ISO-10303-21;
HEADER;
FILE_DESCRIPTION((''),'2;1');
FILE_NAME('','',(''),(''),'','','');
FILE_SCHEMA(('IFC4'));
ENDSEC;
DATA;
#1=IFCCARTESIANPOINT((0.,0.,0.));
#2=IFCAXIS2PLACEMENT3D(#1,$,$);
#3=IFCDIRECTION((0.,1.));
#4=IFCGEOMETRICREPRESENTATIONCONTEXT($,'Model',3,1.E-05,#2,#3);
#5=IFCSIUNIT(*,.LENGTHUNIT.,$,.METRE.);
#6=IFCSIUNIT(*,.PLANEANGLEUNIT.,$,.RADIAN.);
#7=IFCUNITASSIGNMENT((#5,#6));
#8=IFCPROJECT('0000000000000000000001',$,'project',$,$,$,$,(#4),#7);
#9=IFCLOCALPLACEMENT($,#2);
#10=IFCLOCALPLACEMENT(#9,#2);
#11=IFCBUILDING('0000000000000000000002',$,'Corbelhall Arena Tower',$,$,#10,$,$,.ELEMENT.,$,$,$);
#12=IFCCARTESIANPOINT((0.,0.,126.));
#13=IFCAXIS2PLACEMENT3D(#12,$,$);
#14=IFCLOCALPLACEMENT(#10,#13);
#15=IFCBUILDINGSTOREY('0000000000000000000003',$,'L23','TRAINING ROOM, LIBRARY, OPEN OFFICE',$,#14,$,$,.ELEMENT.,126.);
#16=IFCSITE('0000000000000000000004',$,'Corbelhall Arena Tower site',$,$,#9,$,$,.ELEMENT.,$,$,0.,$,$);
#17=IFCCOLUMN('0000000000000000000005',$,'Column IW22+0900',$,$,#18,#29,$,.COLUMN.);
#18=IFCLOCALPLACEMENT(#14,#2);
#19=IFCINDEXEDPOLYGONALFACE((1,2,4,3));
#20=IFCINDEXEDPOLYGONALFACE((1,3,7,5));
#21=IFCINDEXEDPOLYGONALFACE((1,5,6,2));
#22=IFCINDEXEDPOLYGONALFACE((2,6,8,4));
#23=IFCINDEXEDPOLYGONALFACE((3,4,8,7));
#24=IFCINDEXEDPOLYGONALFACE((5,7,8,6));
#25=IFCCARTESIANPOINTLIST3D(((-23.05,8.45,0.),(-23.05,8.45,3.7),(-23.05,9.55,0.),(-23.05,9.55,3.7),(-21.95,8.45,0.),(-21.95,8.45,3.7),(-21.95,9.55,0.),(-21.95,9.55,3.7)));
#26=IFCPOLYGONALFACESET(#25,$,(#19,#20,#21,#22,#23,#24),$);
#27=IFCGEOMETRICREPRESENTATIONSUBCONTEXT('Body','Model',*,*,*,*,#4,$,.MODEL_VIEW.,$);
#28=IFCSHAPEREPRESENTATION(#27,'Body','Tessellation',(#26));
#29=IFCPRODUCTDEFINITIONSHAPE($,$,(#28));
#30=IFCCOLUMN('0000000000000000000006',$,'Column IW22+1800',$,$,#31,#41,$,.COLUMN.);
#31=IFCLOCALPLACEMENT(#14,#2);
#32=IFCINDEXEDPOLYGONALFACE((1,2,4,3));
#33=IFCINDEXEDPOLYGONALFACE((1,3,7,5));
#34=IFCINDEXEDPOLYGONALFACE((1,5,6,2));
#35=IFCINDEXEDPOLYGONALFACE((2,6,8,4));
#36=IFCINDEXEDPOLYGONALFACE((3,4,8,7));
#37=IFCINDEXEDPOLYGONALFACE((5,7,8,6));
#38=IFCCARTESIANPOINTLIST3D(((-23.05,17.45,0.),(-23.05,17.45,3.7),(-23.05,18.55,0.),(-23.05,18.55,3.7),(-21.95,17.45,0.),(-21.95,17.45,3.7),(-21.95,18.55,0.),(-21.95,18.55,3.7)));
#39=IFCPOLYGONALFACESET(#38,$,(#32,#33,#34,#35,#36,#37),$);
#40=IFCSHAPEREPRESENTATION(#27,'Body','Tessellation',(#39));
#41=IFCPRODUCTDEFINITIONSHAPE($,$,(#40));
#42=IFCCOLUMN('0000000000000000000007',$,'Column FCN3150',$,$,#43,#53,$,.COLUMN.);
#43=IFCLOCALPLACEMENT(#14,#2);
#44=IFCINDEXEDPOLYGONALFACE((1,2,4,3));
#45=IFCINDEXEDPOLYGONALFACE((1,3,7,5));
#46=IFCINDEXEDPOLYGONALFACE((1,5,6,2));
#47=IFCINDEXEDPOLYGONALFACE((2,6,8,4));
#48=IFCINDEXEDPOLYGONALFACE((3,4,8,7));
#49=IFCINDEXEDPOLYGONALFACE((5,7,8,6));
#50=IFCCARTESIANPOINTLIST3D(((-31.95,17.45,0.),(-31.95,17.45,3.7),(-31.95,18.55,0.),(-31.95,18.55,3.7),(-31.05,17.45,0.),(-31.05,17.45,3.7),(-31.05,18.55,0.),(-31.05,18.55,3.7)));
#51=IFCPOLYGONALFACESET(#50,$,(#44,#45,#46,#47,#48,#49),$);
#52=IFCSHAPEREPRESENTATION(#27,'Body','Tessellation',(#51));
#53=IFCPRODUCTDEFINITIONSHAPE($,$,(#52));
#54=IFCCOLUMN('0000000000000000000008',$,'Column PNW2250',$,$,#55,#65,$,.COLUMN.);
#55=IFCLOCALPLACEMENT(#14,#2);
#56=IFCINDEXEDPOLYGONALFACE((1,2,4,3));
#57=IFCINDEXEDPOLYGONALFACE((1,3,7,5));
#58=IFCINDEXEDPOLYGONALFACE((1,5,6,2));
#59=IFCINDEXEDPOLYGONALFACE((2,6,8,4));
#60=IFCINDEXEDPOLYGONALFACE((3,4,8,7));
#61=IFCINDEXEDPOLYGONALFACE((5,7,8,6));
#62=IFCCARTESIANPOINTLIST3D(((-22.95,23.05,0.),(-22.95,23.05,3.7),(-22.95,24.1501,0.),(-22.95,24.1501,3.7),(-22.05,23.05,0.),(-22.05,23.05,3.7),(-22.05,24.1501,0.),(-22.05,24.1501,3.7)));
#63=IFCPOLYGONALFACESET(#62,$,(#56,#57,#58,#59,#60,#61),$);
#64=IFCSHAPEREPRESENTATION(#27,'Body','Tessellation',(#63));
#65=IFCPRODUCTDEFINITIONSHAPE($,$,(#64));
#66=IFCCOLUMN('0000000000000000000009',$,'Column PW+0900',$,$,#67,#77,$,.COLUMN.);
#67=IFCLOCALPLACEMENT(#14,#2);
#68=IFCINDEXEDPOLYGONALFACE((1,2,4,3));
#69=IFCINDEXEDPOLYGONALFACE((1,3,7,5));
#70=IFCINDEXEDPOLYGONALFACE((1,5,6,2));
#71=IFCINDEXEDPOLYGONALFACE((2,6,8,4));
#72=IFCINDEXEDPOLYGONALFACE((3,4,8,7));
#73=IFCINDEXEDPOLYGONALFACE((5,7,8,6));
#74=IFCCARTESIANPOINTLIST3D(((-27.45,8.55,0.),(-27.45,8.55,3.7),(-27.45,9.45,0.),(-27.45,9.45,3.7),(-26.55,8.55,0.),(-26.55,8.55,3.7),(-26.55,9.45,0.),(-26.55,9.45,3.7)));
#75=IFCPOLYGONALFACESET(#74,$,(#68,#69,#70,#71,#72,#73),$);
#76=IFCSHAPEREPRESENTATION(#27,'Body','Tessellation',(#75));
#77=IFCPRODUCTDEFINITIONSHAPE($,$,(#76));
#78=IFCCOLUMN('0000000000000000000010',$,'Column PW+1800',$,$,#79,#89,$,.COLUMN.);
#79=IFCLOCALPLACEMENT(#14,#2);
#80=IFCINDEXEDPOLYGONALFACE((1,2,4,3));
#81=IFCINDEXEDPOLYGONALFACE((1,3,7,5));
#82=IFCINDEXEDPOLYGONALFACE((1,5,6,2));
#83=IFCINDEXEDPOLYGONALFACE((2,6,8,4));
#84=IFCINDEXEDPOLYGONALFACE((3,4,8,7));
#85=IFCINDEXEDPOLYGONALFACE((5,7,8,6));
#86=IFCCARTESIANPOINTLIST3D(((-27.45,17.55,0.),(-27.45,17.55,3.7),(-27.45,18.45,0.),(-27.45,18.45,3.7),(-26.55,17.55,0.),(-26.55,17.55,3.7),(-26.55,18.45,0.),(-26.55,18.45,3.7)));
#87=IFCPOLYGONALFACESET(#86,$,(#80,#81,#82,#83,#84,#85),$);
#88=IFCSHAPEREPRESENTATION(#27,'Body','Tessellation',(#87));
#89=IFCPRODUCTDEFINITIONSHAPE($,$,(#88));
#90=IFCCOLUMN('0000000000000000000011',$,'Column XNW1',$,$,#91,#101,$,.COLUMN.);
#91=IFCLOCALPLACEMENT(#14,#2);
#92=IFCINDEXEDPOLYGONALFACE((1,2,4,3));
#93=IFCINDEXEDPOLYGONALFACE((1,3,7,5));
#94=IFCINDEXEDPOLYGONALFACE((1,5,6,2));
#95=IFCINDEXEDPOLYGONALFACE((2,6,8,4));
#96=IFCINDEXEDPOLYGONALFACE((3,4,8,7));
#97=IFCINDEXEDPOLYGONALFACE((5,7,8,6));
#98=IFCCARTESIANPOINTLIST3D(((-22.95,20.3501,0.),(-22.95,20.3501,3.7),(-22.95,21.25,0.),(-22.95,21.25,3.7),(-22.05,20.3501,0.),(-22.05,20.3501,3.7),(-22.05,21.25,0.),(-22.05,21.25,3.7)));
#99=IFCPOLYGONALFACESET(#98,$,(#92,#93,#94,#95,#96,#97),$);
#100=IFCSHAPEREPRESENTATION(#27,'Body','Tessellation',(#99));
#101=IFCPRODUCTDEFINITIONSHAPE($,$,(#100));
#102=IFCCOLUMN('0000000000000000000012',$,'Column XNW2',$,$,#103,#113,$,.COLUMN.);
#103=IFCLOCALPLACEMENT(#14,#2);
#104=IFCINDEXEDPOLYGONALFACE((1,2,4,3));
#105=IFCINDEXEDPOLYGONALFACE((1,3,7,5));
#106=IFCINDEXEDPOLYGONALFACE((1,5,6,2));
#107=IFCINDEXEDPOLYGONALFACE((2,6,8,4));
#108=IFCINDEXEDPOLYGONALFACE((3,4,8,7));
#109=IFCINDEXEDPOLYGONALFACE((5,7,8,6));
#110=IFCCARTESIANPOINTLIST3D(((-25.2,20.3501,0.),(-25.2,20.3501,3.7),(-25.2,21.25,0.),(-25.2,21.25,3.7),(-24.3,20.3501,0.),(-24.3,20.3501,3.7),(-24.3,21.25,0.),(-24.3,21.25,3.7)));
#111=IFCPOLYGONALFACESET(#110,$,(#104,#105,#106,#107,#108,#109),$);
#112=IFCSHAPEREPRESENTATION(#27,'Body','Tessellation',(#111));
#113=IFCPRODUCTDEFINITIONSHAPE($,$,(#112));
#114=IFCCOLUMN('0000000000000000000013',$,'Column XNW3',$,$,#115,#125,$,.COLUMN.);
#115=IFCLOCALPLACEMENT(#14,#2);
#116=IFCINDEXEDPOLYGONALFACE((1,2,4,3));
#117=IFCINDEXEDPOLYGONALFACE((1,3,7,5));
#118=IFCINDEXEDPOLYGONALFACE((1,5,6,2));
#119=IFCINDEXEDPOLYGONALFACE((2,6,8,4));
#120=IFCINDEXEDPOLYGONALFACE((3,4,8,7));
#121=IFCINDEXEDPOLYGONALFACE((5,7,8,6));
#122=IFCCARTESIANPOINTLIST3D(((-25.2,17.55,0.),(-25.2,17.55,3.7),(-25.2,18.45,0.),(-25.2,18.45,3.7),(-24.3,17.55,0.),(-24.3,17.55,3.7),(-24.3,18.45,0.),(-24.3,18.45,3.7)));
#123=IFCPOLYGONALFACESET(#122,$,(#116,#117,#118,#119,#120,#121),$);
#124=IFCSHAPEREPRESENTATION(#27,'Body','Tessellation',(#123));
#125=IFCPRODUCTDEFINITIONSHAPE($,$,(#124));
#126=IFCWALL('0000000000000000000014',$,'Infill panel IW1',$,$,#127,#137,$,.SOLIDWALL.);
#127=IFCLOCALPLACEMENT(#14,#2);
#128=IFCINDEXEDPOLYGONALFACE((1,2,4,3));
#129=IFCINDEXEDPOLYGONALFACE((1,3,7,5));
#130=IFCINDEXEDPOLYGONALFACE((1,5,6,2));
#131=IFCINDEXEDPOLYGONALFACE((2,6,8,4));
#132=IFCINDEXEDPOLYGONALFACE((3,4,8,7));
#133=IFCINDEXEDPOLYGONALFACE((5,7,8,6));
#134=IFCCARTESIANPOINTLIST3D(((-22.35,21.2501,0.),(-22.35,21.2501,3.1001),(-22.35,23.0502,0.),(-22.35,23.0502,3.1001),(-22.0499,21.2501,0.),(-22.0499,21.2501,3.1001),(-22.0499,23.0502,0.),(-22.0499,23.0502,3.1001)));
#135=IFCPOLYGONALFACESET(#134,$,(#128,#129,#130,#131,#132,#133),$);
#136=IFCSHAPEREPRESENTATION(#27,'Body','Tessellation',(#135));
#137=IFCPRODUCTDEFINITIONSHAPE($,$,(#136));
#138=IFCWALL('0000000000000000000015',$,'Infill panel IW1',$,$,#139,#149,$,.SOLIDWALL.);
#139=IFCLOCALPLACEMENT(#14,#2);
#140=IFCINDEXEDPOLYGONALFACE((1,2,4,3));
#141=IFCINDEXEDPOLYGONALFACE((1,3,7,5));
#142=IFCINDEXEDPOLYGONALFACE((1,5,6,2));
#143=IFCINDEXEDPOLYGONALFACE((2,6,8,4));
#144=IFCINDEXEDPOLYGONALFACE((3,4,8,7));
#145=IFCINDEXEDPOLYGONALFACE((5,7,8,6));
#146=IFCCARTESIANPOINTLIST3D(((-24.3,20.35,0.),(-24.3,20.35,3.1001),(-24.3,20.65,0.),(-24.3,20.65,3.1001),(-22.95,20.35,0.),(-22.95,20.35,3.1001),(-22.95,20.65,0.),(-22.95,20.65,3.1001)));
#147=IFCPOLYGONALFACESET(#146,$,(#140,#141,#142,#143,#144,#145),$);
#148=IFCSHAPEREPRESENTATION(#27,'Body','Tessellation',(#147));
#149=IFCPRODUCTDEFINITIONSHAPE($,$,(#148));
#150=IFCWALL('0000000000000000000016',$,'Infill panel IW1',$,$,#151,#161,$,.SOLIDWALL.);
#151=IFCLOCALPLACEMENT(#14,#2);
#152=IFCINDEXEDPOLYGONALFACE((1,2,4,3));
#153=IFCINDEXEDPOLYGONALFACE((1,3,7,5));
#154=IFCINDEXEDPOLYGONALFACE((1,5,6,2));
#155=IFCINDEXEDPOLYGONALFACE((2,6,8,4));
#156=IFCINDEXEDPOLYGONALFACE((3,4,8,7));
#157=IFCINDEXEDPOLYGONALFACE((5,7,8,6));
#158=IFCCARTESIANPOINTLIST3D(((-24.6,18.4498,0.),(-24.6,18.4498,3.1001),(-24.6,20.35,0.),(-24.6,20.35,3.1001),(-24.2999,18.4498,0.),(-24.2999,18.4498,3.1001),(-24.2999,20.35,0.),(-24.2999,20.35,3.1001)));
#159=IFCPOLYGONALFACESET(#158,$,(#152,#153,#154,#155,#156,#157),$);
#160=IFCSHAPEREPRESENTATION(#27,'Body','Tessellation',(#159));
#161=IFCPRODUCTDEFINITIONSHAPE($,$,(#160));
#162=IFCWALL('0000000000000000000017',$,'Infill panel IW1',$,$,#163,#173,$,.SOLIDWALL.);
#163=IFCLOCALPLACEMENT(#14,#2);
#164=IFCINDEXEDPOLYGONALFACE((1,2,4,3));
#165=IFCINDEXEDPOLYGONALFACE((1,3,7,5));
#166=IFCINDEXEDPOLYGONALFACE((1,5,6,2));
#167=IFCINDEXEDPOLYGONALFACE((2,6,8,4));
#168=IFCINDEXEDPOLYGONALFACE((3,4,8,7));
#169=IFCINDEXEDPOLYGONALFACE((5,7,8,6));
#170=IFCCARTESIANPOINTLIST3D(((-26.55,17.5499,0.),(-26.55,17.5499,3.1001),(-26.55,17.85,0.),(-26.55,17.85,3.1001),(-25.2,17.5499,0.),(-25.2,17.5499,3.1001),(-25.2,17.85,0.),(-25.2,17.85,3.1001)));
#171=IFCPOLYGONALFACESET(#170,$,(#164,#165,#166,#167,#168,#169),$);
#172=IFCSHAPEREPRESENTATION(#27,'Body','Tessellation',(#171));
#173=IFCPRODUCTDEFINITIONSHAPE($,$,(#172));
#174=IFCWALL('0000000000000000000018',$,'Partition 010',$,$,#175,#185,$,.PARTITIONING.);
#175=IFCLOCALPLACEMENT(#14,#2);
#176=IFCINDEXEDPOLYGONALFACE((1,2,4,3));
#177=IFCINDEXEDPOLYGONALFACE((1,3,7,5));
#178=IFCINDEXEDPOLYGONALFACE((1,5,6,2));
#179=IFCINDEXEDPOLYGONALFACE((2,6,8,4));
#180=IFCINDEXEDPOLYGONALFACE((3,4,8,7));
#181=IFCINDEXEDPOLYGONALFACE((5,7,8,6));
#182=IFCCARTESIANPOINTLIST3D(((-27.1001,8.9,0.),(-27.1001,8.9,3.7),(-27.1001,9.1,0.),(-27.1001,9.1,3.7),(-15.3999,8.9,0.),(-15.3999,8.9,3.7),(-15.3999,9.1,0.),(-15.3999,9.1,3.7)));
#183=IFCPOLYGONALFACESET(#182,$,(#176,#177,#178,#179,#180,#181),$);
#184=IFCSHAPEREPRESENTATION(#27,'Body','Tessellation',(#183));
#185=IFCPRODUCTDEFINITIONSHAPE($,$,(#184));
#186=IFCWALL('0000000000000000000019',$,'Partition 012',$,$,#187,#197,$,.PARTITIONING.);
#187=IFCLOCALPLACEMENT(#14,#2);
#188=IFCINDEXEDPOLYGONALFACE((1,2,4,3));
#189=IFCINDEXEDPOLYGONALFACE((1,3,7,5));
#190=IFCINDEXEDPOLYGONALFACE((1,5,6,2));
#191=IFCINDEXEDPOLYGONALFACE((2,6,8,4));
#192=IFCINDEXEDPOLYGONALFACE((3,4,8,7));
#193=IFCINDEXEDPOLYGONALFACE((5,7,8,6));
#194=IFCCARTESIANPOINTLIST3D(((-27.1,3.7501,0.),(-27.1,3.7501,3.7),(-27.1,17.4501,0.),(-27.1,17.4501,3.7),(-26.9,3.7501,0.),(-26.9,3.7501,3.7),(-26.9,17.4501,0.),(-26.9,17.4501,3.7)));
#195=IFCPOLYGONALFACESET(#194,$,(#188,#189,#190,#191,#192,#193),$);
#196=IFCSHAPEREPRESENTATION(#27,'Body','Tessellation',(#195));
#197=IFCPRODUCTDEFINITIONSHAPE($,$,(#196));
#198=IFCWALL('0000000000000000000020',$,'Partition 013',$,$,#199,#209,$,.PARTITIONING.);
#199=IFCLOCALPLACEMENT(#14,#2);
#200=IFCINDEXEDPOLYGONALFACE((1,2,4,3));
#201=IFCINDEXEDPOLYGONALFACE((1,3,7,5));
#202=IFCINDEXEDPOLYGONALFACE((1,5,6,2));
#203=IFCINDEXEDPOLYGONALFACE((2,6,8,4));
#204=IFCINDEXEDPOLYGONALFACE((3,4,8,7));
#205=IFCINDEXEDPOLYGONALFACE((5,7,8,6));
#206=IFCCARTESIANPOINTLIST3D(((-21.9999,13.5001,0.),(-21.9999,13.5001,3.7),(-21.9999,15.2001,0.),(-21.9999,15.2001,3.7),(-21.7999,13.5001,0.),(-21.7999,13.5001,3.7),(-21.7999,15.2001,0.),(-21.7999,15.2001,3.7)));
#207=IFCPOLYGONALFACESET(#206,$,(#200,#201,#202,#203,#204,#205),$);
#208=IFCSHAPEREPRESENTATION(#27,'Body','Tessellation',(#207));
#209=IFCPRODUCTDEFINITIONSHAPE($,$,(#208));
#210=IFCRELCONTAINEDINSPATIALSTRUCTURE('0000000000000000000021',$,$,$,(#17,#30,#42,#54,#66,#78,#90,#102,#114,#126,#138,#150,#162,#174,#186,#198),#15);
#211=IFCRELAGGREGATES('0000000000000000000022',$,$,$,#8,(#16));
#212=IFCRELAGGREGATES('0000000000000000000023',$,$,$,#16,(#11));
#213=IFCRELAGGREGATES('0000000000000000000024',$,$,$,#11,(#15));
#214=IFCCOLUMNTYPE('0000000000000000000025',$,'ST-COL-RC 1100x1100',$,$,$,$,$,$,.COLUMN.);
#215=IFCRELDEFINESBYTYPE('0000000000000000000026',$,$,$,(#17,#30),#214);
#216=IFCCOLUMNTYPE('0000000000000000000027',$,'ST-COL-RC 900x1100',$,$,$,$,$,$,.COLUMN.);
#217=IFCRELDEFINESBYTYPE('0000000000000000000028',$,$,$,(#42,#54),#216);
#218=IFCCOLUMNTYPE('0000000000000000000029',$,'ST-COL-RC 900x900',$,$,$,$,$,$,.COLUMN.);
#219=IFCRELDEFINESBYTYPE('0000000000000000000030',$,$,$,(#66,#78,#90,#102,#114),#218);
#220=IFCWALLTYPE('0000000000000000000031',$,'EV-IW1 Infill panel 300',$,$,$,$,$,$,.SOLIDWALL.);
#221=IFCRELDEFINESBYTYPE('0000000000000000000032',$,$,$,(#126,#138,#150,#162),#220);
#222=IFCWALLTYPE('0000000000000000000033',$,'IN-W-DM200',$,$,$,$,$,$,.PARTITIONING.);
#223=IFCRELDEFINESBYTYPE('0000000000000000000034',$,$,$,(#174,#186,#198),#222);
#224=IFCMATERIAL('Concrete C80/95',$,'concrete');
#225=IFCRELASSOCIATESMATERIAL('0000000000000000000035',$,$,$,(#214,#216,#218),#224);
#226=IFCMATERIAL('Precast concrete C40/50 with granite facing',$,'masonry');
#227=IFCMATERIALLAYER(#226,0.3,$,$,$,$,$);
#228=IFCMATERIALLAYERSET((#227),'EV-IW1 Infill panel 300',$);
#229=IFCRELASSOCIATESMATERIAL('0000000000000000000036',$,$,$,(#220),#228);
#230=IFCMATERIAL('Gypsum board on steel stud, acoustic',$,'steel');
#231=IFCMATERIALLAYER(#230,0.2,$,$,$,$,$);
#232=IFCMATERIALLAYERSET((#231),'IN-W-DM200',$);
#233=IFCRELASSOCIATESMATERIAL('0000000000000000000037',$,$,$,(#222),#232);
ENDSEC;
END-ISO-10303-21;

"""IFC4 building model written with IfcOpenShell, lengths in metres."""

from ifc_helpers import new_model, si_unit, direction, frame, frame_2d, origin, origin_2d, place, context, subcontext, project, spatial, rectangle, extrude, material, layer, layer_set, material_profile, profile_set, type_object, element, save


model = new_model("IFC4")

# Units and contexts
model_context = context("Model", 3, precision=1e-05, world=origin(), true_north=direction((0.0, 1.0)))
body_context = subcontext(model_context, "Body", "Model", "MODEL_VIEW")
ifc_project = project(units=[si_unit("LENGTHUNIT", "METRE"), si_unit("PLANEANGLEUNIT", "RADIAN")], contexts=[model_context])

# Site, building, storey
site_placement = place(None, origin())
site = spatial("IfcSite", under=ifc_project, at=site_placement, Name="Corbelhall Arena Tower site", CompositionType="ELEMENT", RefElevation=0.0)
building_placement = place(site_placement, origin())
building = spatial("IfcBuilding", under=site, at=building_placement, Name="Corbelhall Arena Tower", CompositionType="ELEMENT")
storey_placement = place(building_placement, frame((0.0, 0.0, 126.0)))
storey = spatial("IfcBuildingStorey", under=building, at=storey_placement, Name="L23", Description="TRAINING ROOM, LIBRARY, OPEN OFFICE", CompositionType="ELEMENT", Elevation=126.0)

# Columns
ifc_material_1 = material(Name="Concrete C80/95", Category="concrete")
ifc_material_profile_1 = material_profile(ifc_material_1, rectangle(XDim=1.1001, YDim=1.1001, at=origin_2d()))
ifc_profile_set_1 = profile_set([ifc_material_profile_1], Name="Concrete C80/95")
column_type_1 = type_object("IfcColumnType", Name="ST-COL-RC 1100x1100", PredefinedType="COLUMN", material=ifc_profile_set_1)
for number, where, z_axis, x_axis, name in (
    (1, (-22.5, 9.0, 0.0), (0.0, 0.0, 1.0), (1.0, 0.0, 0.0), "Column IW22+0900"),
    (2, (-22.5, 18.0, 0.0), (0.0, 0.0, 1.0), (1.0, 0.0, 0.0), "Column IW22+1800"),
):
    element("IfcColumn", number, at=place(storey_placement, frame(where, z_axis=z_axis, x_axis=x_axis)), inside=storey, type_object=column_type_1, Name=name, PredefinedType="COLUMN", context=body_context, shape_type="SweptSolid", body=[
        extrude(rectangle(XDim=1.1001, YDim=1.1001, at=origin_2d()), origin(), (0.0, 0.0, 1.0), 3.7),
    ])
ifc_material_profile_2 = material_profile(ifc_material_1, rectangle(XDim=0.8999, YDim=1.1001, at=origin_2d()))
ifc_profile_set_2 = profile_set([ifc_material_profile_2], Name="Concrete C80/95")
column_type_2 = type_object("IfcColumnType", Name="ST-COL-RC 900x1100", PredefinedType="COLUMN", material=ifc_profile_set_2)
for number, where, z_axis, x_axis, name in (
    (3, (-31.5, 18.0, 0.0), (0.0, 0.0, 1.0), (1.0, 0.0, 0.0), "Column FCN3150"),
    (4, (-22.5, 23.6001, 0.0), (0.0, 0.0, 1.0), (1.0, 0.0, 0.0), "Column PNW2250"),
):
    element("IfcColumn", number, at=place(storey_placement, frame(where, z_axis=z_axis, x_axis=x_axis)), inside=storey, type_object=column_type_2, Name=name, PredefinedType="COLUMN", context=body_context, shape_type="SweptSolid", body=[
        extrude(rectangle(XDim=0.8999, YDim=1.1001, at=origin_2d()), origin(), (0.0, 0.0, 1.0), 3.7),
    ])
ifc_material_profile_3 = material_profile(ifc_material_1, rectangle(XDim=0.8999, YDim=0.8999, at=origin_2d()))
ifc_profile_set_3 = profile_set([ifc_material_profile_3], Name="Concrete C80/95")
column_type_3 = type_object("IfcColumnType", Name="ST-COL-RC 900x900", PredefinedType="COLUMN", material=ifc_profile_set_3)
for number, where, z_axis, x_axis, name in (
    (5, (-27.0, 9.0, 0.0), (0.0, 0.0, 1.0), (1.0, 0.0, 0.0), "Column PW+0900"),
    (6, (-27.0, 18.0, 0.0), (0.0, 0.0, 1.0), (1.0, 0.0, 0.0), "Column PW+1800"),
    (7, (-22.5, 20.8, 0.0), (0.0, 0.0, 1.0), (1.0, 0.0, 0.0), "Column XNW1"),
    (8, (-24.75, 20.8, 0.0), (0.0, 0.0, 1.0), (1.0, 0.0, 0.0), "Column XNW2"),
    (9, (-24.75, 18.0, 0.0), (0.0, 0.0, 1.0), (1.0, 0.0, 0.0), "Column XNW3"),
):
    element("IfcColumn", number, at=place(storey_placement, frame(where, z_axis=z_axis, x_axis=x_axis)), inside=storey, type_object=column_type_3, Name=name, PredefinedType="COLUMN", context=body_context, shape_type="SweptSolid", body=[
        extrude(rectangle(XDim=0.8999, YDim=0.8999, at=origin_2d()), origin(), (0.0, 0.0, 1.0), 3.7),
    ])

# Walls
ifc_material_2 = material(Name="Precast concrete C40/50 with granite facing", Category="masonry")
ifc_layer_1 = layer(ifc_material_2, 0.3)
ifc_layer_set_1 = layer_set([ifc_layer_1], Name="EV-IW1 Infill panel 300")
wall_type_1 = type_object("IfcWallType", Name="EV-IW1 Infill panel 300", PredefinedType="SOLIDWALL", material=ifc_layer_set_1)
wall_1_placement = place(storey_placement, frame((-22.2, 23.05, 0.0), z_axis=(0.0, 0.0, 1.0), x_axis=(0.0, -1.0, 0.0)))
element("IfcWall", 10, at=wall_1_placement, inside=storey, type_object=wall_type_1, Name="Infill panel IW1", PredefinedType="SOLIDWALL", context=body_context, shape_type="SweptSolid", body=[
    extrude(rectangle(XDim=1.8, YDim=0.3, at=frame_2d((0.8999, 0.0))), origin(), (0.0, 0.0, 1.0), 3.1001),
])
wall_2_placement = place(storey_placement, frame((-22.95, 20.5, 0.0), z_axis=(0.0, 0.0, 1.0), x_axis=(-1.0, 0.0, 0.0)))
element("IfcWall", 11, at=wall_2_placement, inside=storey, type_object=wall_type_1, Name="Infill panel IW1", PredefinedType="SOLIDWALL", context=body_context, shape_type="SweptSolid", body=[
    extrude(rectangle(XDim=1.3501, YDim=0.3, at=frame_2d((0.675, 0.0))), origin(), (0.0, 0.0, 1.0), 3.1001),
])
wall_3_placement = place(storey_placement, frame((-24.45, 20.3501, 0.0), z_axis=(0.0, 0.0, 1.0), x_axis=(0.0, -1.0, 0.0)))
element("IfcWall", 12, at=wall_3_placement, inside=storey, type_object=wall_type_1, Name="Infill panel IW1", PredefinedType="SOLIDWALL", context=body_context, shape_type="SweptSolid", body=[
    extrude(rectangle(XDim=1.9001, YDim=0.3, at=frame_2d((0.9502, 0.0))), origin(), (0.0, 0.0, 1.0), 3.1001),
])
wall_4_placement = place(storey_placement, frame((-25.2, 17.7, 0.0), z_axis=(0.0, 0.0, 1.0), x_axis=(-1.0, 0.0, 0.0)))
element("IfcWall", 13, at=wall_4_placement, inside=storey, type_object=wall_type_1, Name="Infill panel IW1", PredefinedType="SOLIDWALL", context=body_context, shape_type="SweptSolid", body=[
    extrude(rectangle(XDim=1.3501, YDim=0.3, at=frame_2d((0.675, 0.0))), origin(), (0.0, 0.0, 1.0), 3.1001),
])

# Walls
ifc_material_3 = material(Name="Gypsum board on steel stud, acoustic", Category="steel")
ifc_layer_2 = layer(ifc_material_3, 0.2)
ifc_layer_set_2 = layer_set([ifc_layer_2], Name="IN-W-DM200")
wall_type_2 = type_object("IfcWallType", Name="IN-W-DM200", PredefinedType="PARTITIONING", material=ifc_layer_set_2)
wall_5_placement = place(storey_placement, frame((-27.1001, 9.0, 0.0), z_axis=(0.0, 0.0, 1.0), x_axis=(1.0, 0.0, 0.0)))
element("IfcWall", 14, at=wall_5_placement, inside=storey, type_object=wall_type_2, Name="Partition 010", PredefinedType="PARTITIONING", context=body_context, shape_type="SweptSolid", body=[
    extrude(rectangle(XDim=11.7002, YDim=0.2, at=frame_2d((5.8501, 0.0))), origin(), (0.0, 0.0, 1.0), 3.7),
])
wall_6_placement = place(storey_placement, frame((-27.0, 3.75, 0.0), z_axis=(0.0, 0.0, 1.0), x_axis=(0.0, 1.0, 0.0)))
element("IfcWall", 15, at=wall_6_placement, inside=storey, type_object=wall_type_2, Name="Partition 012", PredefinedType="PARTITIONING", context=body_context, shape_type="SweptSolid", body=[
    extrude(rectangle(XDim=13.7, YDim=0.2, at=frame_2d((6.8501, 0.0))), origin(), (0.0, 0.0, 1.0), 3.7),
])
wall_7_placement = place(storey_placement, frame((-21.8999, 13.5, 0.0), z_axis=(0.0, 0.0, 1.0), x_axis=(0.0, 1.0, 0.0)))
element("IfcWall", 16, at=wall_7_placement, inside=storey, type_object=wall_type_2, Name="Partition 013", PredefinedType="PARTITIONING", context=body_context, shape_type="SweptSolid", body=[
    extrude(rectangle(XDim=1.7, YDim=0.2, at=frame_2d((0.8501, 0.0))), origin(), (0.0, 0.0, 1.0), 3.7),
])

save(model, "model.ifc")
